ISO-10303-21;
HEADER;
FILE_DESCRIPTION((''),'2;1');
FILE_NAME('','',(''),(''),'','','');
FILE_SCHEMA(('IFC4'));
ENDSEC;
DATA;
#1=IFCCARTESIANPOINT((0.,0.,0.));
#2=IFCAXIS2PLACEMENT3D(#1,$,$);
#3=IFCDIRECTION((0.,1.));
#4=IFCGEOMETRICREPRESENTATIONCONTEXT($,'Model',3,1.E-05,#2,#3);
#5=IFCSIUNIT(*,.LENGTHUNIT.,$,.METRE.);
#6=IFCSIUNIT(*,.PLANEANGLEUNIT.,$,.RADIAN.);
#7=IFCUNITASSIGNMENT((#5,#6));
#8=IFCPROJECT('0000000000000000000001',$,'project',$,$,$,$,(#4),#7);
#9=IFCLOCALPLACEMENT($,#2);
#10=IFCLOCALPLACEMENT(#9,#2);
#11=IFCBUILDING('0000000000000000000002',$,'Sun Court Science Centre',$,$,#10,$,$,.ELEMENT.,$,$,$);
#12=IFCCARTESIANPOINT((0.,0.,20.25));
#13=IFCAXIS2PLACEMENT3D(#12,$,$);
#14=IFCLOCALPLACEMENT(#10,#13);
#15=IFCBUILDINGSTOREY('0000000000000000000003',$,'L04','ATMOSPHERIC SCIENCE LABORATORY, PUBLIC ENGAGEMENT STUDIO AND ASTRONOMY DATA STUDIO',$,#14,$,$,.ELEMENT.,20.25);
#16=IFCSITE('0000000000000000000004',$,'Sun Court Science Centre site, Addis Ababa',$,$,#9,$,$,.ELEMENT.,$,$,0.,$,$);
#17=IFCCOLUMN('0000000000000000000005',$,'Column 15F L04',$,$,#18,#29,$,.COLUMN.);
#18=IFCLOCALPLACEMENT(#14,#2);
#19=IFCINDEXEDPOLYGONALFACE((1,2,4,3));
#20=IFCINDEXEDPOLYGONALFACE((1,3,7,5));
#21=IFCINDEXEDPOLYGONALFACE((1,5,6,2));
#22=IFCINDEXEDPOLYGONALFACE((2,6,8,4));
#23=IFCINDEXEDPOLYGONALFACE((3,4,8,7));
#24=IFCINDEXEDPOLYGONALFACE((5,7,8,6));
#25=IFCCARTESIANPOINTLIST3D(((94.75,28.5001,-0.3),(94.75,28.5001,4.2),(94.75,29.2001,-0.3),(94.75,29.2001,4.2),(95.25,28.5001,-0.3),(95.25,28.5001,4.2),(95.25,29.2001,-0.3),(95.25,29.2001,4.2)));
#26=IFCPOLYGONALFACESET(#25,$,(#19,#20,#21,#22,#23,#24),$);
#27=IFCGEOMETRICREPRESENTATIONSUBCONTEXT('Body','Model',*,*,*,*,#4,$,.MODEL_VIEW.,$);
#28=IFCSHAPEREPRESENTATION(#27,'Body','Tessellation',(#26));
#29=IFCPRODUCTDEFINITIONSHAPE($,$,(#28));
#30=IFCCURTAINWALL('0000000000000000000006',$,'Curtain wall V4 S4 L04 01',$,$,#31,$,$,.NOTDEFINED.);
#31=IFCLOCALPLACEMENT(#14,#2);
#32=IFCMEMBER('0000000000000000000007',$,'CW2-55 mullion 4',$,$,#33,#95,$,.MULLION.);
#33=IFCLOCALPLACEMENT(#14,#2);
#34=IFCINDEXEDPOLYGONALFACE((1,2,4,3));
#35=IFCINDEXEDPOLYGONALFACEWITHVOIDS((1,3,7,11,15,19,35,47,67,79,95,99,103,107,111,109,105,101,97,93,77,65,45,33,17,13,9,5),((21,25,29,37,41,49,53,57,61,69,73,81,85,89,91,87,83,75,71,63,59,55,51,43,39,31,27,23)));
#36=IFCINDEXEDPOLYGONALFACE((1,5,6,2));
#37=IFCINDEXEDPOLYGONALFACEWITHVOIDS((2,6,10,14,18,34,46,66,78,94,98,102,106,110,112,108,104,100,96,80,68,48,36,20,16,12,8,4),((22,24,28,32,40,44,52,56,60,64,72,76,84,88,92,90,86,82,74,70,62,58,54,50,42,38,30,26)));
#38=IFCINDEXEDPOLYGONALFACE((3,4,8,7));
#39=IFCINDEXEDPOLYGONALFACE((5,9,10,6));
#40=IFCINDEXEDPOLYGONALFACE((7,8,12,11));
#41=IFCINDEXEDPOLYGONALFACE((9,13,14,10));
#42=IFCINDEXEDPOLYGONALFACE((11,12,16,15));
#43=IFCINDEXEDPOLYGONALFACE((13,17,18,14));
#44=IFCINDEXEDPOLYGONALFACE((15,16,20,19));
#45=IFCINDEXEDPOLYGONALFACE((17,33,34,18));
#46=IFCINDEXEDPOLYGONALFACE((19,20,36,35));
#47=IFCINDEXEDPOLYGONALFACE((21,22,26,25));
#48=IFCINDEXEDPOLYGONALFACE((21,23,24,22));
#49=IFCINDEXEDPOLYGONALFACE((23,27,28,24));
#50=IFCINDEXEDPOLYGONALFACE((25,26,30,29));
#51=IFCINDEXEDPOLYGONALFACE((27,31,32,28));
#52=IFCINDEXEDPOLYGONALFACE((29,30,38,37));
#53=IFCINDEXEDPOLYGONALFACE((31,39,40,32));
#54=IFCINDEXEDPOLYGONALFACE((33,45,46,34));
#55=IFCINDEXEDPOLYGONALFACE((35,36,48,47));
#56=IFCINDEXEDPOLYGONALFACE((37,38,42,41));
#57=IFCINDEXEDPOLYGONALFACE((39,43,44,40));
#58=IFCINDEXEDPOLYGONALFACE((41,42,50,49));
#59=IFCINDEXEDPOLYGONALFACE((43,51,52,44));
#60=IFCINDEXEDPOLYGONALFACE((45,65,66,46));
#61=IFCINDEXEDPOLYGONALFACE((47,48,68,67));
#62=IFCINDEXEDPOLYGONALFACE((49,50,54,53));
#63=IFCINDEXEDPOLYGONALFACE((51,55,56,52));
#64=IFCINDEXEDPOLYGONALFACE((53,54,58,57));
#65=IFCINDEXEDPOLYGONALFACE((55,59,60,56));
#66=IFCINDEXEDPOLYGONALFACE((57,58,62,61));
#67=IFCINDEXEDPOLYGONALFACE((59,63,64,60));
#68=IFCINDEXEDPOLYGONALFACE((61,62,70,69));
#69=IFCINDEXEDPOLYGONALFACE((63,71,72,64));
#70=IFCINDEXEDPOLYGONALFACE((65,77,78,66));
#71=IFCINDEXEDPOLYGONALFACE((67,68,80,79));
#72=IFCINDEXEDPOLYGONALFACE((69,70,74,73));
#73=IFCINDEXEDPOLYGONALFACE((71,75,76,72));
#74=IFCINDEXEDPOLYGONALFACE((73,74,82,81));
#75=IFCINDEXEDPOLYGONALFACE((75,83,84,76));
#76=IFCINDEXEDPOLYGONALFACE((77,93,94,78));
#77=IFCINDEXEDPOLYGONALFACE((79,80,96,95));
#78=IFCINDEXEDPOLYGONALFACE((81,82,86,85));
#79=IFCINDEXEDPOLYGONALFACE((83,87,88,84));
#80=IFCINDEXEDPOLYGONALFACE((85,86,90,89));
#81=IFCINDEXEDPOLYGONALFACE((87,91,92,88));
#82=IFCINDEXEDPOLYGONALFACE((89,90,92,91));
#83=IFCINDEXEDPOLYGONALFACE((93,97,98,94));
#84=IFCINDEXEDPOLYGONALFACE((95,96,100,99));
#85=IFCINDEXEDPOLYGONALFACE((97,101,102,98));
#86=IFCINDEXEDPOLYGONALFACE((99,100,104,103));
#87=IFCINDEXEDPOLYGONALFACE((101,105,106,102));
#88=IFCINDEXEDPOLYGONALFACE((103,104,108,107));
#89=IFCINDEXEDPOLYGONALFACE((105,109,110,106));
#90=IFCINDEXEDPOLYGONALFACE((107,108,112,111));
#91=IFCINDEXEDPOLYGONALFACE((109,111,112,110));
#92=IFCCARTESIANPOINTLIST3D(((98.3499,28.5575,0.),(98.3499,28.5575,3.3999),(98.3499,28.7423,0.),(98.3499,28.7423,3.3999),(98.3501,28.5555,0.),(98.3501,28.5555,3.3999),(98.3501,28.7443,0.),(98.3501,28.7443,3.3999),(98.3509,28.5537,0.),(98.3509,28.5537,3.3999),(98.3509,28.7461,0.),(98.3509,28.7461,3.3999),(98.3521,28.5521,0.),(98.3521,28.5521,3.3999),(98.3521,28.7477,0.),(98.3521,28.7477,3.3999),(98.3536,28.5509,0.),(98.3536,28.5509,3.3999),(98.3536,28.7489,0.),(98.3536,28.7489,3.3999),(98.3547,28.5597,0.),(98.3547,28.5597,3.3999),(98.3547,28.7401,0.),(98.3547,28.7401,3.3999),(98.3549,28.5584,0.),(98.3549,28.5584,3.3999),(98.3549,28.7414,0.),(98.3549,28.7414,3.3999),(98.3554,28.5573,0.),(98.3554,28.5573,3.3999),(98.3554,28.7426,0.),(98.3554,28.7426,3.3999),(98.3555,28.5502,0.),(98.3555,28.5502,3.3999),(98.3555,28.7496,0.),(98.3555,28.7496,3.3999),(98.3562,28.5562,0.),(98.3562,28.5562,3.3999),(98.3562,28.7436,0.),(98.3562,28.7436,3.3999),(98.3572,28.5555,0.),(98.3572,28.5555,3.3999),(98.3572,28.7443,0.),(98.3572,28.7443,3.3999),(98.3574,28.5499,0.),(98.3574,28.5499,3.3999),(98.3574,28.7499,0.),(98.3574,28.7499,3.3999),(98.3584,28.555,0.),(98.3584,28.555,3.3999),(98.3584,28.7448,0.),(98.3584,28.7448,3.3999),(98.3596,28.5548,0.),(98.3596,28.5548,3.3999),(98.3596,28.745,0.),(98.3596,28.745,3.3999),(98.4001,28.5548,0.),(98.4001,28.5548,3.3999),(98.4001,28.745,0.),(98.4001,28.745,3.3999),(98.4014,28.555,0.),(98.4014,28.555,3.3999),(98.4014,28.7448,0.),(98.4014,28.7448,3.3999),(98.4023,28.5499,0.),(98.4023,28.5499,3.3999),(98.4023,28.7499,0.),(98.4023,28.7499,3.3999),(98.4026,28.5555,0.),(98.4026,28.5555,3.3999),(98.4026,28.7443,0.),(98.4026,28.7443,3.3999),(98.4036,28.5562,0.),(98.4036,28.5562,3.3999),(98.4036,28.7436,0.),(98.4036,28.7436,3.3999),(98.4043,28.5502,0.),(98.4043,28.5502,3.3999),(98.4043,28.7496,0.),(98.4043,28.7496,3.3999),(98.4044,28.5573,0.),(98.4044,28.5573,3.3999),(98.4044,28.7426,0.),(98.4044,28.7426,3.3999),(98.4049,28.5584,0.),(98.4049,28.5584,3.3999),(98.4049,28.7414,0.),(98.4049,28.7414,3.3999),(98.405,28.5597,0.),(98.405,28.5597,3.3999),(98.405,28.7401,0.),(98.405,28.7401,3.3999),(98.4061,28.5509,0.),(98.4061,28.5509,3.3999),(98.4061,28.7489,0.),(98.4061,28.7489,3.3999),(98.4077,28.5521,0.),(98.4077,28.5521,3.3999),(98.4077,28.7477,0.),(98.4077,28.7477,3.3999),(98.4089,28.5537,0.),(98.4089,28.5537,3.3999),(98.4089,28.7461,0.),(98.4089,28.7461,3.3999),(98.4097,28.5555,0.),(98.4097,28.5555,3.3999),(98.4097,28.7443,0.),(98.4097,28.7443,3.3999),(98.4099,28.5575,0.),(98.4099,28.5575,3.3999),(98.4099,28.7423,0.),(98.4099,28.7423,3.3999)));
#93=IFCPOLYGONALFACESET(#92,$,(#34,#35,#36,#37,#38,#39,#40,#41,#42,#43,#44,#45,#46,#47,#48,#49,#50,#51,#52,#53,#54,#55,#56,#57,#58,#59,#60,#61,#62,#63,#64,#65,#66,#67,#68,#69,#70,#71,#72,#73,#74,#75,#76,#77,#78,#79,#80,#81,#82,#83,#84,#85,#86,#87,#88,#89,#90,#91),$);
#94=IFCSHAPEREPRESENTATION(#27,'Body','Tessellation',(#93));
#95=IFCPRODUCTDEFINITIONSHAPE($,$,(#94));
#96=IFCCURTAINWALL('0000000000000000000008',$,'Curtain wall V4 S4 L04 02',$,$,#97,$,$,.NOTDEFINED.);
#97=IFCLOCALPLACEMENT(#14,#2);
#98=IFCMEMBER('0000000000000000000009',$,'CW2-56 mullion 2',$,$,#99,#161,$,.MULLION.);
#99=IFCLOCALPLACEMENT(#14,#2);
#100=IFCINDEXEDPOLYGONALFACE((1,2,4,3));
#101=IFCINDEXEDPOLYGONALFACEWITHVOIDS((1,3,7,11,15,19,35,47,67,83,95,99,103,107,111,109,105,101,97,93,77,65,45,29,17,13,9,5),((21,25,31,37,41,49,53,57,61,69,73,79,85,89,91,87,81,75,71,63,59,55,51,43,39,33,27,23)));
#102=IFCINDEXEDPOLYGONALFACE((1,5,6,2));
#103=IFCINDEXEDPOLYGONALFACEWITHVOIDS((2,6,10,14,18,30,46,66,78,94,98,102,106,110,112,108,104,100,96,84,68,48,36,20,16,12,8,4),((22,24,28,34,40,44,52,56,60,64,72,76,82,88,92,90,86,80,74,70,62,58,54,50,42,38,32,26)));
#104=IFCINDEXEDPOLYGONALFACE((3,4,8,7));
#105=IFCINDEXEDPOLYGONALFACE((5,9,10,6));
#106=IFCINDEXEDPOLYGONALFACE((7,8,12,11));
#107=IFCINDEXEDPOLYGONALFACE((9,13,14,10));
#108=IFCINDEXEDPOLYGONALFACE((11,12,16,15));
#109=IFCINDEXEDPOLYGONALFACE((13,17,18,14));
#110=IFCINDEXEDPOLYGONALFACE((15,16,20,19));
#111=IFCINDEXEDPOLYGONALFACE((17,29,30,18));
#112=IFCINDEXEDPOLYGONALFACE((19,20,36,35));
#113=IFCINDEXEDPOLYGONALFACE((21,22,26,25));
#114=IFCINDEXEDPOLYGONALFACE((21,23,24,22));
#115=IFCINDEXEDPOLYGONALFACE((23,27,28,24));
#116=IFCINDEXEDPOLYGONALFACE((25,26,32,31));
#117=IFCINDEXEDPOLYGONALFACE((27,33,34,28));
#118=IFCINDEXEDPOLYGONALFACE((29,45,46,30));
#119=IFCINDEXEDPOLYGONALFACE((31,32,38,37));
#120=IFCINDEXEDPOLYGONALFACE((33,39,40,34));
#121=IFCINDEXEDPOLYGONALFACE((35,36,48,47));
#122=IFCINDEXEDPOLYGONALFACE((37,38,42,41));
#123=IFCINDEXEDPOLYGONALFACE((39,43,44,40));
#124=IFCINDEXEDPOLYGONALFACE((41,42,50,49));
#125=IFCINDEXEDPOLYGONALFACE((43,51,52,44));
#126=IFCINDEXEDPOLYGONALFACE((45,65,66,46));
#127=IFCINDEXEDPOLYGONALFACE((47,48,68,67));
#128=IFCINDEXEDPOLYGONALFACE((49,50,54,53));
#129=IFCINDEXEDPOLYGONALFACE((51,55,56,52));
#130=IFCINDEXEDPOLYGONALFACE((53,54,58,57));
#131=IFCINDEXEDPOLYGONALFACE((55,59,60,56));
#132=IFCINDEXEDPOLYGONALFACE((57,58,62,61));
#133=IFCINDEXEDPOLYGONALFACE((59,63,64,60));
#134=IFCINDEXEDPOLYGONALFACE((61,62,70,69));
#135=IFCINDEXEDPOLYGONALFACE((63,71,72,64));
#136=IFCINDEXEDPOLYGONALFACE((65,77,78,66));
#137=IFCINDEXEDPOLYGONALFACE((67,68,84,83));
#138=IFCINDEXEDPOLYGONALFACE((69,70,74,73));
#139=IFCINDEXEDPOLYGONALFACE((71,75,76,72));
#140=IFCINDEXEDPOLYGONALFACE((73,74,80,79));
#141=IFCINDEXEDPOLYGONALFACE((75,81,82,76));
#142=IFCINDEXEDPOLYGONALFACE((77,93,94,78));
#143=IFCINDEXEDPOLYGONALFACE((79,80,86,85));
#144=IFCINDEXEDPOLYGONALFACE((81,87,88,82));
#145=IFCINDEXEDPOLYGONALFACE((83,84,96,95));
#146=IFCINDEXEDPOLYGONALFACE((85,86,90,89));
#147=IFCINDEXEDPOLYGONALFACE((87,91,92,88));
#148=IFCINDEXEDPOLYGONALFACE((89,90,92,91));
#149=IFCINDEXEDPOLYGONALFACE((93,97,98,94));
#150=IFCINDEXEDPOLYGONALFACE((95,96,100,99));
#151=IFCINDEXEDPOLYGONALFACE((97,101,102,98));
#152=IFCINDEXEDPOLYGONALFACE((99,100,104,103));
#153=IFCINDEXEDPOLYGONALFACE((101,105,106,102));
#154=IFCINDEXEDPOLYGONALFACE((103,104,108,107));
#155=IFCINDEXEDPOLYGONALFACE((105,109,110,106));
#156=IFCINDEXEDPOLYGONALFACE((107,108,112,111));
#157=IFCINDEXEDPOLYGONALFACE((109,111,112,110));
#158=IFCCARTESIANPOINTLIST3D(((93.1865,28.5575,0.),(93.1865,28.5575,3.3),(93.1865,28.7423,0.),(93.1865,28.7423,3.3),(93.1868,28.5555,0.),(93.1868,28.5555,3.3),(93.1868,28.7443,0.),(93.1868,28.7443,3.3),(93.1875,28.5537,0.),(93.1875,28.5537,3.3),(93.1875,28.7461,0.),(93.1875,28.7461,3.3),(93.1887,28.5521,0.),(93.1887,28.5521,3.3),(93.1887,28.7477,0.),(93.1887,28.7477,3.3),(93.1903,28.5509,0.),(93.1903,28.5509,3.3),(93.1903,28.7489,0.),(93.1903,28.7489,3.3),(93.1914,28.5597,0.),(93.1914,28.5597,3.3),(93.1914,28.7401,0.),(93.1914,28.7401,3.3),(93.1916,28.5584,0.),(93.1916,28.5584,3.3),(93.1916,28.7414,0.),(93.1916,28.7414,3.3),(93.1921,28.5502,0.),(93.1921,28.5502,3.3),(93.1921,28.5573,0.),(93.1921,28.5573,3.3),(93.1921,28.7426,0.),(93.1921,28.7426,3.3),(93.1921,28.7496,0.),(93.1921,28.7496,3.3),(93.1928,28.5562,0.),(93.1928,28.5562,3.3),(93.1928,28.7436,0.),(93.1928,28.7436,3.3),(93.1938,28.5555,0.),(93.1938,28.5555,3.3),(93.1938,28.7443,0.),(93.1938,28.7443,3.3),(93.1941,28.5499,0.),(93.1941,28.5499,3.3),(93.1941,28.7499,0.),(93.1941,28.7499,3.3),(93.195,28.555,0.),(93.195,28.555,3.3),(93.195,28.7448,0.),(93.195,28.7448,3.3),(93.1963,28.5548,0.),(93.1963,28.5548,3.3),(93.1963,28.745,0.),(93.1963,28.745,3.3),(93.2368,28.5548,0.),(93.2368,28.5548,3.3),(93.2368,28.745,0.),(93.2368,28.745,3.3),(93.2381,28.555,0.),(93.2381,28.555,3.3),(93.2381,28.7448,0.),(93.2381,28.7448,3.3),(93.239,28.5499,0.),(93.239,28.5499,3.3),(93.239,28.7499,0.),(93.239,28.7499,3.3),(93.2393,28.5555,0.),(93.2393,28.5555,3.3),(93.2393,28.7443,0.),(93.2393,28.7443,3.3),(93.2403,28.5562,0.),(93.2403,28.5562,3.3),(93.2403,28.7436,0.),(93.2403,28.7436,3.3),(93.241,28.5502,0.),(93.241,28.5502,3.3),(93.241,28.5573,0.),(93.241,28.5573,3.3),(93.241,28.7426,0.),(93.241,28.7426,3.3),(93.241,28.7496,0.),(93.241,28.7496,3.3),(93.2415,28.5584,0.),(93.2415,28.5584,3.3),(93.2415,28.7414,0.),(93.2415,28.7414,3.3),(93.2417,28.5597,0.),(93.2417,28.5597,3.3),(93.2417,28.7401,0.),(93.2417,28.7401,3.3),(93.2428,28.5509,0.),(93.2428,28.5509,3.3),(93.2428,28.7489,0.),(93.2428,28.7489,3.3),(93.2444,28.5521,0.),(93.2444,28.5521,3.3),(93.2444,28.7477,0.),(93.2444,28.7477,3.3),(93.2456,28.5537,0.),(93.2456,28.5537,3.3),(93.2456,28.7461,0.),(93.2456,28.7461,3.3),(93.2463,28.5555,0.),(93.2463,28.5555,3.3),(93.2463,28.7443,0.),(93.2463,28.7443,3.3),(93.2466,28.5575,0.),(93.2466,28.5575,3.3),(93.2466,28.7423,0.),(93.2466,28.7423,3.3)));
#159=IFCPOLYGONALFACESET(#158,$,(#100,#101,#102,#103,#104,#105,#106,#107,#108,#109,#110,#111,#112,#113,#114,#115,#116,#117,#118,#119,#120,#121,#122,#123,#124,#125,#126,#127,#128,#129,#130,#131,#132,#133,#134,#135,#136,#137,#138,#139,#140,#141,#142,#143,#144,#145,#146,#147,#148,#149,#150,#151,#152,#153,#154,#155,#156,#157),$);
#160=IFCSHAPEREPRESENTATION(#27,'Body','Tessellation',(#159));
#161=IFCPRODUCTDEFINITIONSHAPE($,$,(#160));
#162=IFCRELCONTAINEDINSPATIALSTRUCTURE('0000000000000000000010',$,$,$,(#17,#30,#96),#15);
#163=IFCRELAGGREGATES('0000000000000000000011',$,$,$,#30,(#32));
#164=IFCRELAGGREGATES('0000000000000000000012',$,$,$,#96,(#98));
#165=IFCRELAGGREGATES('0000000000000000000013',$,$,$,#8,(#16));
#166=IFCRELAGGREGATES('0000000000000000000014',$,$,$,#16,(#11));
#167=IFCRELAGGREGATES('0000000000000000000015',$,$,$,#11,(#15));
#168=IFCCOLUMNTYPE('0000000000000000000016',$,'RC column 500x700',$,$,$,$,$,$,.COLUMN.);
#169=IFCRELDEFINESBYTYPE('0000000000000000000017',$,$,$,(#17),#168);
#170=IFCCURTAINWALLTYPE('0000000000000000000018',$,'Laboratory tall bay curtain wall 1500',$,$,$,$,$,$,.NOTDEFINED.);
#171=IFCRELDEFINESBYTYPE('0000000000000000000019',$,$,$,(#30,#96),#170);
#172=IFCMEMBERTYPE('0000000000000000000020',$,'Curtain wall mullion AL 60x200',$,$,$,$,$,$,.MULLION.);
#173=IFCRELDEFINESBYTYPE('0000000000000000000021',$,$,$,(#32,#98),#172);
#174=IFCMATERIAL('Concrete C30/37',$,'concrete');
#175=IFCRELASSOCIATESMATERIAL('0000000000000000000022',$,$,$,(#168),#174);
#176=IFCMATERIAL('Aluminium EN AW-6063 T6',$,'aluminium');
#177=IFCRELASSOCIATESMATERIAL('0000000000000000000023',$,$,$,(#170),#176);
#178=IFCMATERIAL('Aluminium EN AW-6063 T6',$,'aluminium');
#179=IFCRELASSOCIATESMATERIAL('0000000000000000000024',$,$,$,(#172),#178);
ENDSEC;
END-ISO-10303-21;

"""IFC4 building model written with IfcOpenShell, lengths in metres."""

from ifc_helpers import new_model, si_unit, direction, frame, origin, origin_2d, place, context, subcontext, project, spatial, rectangle, hollow_rectangle, extrude, material, material_profile, profile_set, type_object, element, aggregate, save


model = new_model("IFC4")

# Units and contexts
model_context = context("Model", 3, precision=1e-05, world=origin(), true_north=direction((0.0, 1.0)))
body_context = subcontext(model_context, "Body", "Model", "MODEL_VIEW")
ifc_project = project(units=[si_unit("LENGTHUNIT", "METRE"), si_unit("PLANEANGLEUNIT", "RADIAN")], contexts=[model_context])

# Site, building, storey
site_placement = place(None, origin())
site = spatial("IfcSite", under=ifc_project, at=site_placement, Name="Sun Court Science Centre site, Addis Ababa", CompositionType="ELEMENT", RefElevation=0.0)
building_placement = place(site_placement, origin())
building = spatial("IfcBuilding", under=site, at=building_placement, Name="Sun Court Science Centre", CompositionType="ELEMENT")
storey_placement = place(building_placement, frame((0.0, 0.0, 20.25)))
storey = spatial("IfcBuildingStorey", under=building, at=storey_placement, Name="L04", Description="ATMOSPHERIC SCIENCE LABORATORY, PUBLIC ENGAGEMENT STUDIO AND ASTRONOMY DATA STUDIO", CompositionType="ELEMENT", Elevation=20.25)

# Column
ifc_material_1 = material(Name="Concrete C30/37", Category="concrete")
ifc_material_profile_1 = material_profile(ifc_material_1, rectangle(XDim=0.5, YDim=0.7, at=origin_2d()), Name="RC 500x700")
ifc_profile_set_1 = profile_set([ifc_material_profile_1], Name="Concrete C30/37")
column_type = type_object("IfcColumnType", Name="RC column 500x700", PredefinedType="COLUMN", material=ifc_profile_set_1)
column_placement = place(storey_placement, frame((95.0, 28.8501, -0.3), z_axis=(0.0, 0.0, 1.0), x_axis=(1.0, 0.0, 0.0)))
element("IfcColumn", 1, at=column_placement, inside=storey, type_object=column_type, Name="Column 15F L04", PredefinedType="COLUMN", context=body_context, shape_type="SweptSolid", body=[
    extrude(rectangle(XDim=0.5, YDim=0.7, at=origin_2d()), origin(), (0.0, 0.0, 1.0), 4.5),
])

# Curtain wall, member
ifc_material_2 = material(Name="Aluminium EN AW-6063 T6", Category="aluminium")
curtain_wall_type = type_object("IfcCurtainWallType", Name="Laboratory tall bay curtain wall 1500", PredefinedType="NOTDEFINED", material=ifc_material_2)
curtain_wall_1_placement = place(storey_placement, origin())
curtain_wall_1 = element("IfcCurtainWall", 2, at=curtain_wall_1_placement, inside=storey, type_object=curtain_wall_type, Name="Curtain wall V4 S4 L04 01", PredefinedType="NOTDEFINED")
ifc_material_3 = material(Name="Aluminium EN AW-6063 T6", Category="aluminium")
ifc_material_profile_2 = material_profile(ifc_material_3, hollow_rectangle(XDim=0.0601, YDim=0.2, WallThickness=0.0049, InnerFilletRadius=0.0049, OuterFilletRadius=0.0076, at=origin_2d()), Name="AL 60x200x5")
ifc_profile_set_2 = profile_set([ifc_material_profile_2], Name="Aluminium EN AW-6063 T6")
member_type_1 = type_object("IfcMemberType", Name="Curtain wall mullion AL 60x200", PredefinedType="MULLION", material=ifc_profile_set_2)
member_1_placement = place(storey_placement, frame((98.3799, 28.6499, 0.0), z_axis=(0.0, 0.0, 1.0), x_axis=(-1.0, 0.0, 0.0)))
member_1 = element("IfcMember", 3, at=member_1_placement, type_object=member_type_1, Name="CW2-55 mullion 4", PredefinedType="MULLION", context=body_context, shape_type="SweptSolid", body=[
    extrude(hollow_rectangle(XDim=0.0601, YDim=0.2, WallThickness=0.0049, InnerFilletRadius=0.0049, OuterFilletRadius=0.0076, at=origin_2d()), origin(), (0.0, 0.0, 1.0), 3.3999),
])

# Curtain wall, member
curtain_wall_2_placement = place(storey_placement, origin())
curtain_wall_2 = element("IfcCurtainWall", 4, at=curtain_wall_2_placement, inside=storey, type_object=curtain_wall_type, Name="Curtain wall V4 S4 L04 02", PredefinedType="NOTDEFINED")
member_2_placement = place(storey_placement, frame((93.2166, 28.6499, 0.0), z_axis=(0.0, 0.0, 1.0), x_axis=(-1.0, 0.0, 0.0)))
member_2 = element("IfcMember", 5, at=member_2_placement, type_object=member_type_1, Name="CW2-56 mullion 2", PredefinedType="MULLION", context=body_context, shape_type="SweptSolid", body=[
    extrude(hollow_rectangle(XDim=0.0601, YDim=0.2, WallThickness=0.0049, InnerFilletRadius=0.0049, OuterFilletRadius=0.0076, at=origin_2d()), origin(), (0.0, 0.0, 1.0), 3.3),
])

aggregate(curtain_wall_1, [member_1])
aggregate(curtain_wall_2, [member_2])

save(model, "model.ifc")
